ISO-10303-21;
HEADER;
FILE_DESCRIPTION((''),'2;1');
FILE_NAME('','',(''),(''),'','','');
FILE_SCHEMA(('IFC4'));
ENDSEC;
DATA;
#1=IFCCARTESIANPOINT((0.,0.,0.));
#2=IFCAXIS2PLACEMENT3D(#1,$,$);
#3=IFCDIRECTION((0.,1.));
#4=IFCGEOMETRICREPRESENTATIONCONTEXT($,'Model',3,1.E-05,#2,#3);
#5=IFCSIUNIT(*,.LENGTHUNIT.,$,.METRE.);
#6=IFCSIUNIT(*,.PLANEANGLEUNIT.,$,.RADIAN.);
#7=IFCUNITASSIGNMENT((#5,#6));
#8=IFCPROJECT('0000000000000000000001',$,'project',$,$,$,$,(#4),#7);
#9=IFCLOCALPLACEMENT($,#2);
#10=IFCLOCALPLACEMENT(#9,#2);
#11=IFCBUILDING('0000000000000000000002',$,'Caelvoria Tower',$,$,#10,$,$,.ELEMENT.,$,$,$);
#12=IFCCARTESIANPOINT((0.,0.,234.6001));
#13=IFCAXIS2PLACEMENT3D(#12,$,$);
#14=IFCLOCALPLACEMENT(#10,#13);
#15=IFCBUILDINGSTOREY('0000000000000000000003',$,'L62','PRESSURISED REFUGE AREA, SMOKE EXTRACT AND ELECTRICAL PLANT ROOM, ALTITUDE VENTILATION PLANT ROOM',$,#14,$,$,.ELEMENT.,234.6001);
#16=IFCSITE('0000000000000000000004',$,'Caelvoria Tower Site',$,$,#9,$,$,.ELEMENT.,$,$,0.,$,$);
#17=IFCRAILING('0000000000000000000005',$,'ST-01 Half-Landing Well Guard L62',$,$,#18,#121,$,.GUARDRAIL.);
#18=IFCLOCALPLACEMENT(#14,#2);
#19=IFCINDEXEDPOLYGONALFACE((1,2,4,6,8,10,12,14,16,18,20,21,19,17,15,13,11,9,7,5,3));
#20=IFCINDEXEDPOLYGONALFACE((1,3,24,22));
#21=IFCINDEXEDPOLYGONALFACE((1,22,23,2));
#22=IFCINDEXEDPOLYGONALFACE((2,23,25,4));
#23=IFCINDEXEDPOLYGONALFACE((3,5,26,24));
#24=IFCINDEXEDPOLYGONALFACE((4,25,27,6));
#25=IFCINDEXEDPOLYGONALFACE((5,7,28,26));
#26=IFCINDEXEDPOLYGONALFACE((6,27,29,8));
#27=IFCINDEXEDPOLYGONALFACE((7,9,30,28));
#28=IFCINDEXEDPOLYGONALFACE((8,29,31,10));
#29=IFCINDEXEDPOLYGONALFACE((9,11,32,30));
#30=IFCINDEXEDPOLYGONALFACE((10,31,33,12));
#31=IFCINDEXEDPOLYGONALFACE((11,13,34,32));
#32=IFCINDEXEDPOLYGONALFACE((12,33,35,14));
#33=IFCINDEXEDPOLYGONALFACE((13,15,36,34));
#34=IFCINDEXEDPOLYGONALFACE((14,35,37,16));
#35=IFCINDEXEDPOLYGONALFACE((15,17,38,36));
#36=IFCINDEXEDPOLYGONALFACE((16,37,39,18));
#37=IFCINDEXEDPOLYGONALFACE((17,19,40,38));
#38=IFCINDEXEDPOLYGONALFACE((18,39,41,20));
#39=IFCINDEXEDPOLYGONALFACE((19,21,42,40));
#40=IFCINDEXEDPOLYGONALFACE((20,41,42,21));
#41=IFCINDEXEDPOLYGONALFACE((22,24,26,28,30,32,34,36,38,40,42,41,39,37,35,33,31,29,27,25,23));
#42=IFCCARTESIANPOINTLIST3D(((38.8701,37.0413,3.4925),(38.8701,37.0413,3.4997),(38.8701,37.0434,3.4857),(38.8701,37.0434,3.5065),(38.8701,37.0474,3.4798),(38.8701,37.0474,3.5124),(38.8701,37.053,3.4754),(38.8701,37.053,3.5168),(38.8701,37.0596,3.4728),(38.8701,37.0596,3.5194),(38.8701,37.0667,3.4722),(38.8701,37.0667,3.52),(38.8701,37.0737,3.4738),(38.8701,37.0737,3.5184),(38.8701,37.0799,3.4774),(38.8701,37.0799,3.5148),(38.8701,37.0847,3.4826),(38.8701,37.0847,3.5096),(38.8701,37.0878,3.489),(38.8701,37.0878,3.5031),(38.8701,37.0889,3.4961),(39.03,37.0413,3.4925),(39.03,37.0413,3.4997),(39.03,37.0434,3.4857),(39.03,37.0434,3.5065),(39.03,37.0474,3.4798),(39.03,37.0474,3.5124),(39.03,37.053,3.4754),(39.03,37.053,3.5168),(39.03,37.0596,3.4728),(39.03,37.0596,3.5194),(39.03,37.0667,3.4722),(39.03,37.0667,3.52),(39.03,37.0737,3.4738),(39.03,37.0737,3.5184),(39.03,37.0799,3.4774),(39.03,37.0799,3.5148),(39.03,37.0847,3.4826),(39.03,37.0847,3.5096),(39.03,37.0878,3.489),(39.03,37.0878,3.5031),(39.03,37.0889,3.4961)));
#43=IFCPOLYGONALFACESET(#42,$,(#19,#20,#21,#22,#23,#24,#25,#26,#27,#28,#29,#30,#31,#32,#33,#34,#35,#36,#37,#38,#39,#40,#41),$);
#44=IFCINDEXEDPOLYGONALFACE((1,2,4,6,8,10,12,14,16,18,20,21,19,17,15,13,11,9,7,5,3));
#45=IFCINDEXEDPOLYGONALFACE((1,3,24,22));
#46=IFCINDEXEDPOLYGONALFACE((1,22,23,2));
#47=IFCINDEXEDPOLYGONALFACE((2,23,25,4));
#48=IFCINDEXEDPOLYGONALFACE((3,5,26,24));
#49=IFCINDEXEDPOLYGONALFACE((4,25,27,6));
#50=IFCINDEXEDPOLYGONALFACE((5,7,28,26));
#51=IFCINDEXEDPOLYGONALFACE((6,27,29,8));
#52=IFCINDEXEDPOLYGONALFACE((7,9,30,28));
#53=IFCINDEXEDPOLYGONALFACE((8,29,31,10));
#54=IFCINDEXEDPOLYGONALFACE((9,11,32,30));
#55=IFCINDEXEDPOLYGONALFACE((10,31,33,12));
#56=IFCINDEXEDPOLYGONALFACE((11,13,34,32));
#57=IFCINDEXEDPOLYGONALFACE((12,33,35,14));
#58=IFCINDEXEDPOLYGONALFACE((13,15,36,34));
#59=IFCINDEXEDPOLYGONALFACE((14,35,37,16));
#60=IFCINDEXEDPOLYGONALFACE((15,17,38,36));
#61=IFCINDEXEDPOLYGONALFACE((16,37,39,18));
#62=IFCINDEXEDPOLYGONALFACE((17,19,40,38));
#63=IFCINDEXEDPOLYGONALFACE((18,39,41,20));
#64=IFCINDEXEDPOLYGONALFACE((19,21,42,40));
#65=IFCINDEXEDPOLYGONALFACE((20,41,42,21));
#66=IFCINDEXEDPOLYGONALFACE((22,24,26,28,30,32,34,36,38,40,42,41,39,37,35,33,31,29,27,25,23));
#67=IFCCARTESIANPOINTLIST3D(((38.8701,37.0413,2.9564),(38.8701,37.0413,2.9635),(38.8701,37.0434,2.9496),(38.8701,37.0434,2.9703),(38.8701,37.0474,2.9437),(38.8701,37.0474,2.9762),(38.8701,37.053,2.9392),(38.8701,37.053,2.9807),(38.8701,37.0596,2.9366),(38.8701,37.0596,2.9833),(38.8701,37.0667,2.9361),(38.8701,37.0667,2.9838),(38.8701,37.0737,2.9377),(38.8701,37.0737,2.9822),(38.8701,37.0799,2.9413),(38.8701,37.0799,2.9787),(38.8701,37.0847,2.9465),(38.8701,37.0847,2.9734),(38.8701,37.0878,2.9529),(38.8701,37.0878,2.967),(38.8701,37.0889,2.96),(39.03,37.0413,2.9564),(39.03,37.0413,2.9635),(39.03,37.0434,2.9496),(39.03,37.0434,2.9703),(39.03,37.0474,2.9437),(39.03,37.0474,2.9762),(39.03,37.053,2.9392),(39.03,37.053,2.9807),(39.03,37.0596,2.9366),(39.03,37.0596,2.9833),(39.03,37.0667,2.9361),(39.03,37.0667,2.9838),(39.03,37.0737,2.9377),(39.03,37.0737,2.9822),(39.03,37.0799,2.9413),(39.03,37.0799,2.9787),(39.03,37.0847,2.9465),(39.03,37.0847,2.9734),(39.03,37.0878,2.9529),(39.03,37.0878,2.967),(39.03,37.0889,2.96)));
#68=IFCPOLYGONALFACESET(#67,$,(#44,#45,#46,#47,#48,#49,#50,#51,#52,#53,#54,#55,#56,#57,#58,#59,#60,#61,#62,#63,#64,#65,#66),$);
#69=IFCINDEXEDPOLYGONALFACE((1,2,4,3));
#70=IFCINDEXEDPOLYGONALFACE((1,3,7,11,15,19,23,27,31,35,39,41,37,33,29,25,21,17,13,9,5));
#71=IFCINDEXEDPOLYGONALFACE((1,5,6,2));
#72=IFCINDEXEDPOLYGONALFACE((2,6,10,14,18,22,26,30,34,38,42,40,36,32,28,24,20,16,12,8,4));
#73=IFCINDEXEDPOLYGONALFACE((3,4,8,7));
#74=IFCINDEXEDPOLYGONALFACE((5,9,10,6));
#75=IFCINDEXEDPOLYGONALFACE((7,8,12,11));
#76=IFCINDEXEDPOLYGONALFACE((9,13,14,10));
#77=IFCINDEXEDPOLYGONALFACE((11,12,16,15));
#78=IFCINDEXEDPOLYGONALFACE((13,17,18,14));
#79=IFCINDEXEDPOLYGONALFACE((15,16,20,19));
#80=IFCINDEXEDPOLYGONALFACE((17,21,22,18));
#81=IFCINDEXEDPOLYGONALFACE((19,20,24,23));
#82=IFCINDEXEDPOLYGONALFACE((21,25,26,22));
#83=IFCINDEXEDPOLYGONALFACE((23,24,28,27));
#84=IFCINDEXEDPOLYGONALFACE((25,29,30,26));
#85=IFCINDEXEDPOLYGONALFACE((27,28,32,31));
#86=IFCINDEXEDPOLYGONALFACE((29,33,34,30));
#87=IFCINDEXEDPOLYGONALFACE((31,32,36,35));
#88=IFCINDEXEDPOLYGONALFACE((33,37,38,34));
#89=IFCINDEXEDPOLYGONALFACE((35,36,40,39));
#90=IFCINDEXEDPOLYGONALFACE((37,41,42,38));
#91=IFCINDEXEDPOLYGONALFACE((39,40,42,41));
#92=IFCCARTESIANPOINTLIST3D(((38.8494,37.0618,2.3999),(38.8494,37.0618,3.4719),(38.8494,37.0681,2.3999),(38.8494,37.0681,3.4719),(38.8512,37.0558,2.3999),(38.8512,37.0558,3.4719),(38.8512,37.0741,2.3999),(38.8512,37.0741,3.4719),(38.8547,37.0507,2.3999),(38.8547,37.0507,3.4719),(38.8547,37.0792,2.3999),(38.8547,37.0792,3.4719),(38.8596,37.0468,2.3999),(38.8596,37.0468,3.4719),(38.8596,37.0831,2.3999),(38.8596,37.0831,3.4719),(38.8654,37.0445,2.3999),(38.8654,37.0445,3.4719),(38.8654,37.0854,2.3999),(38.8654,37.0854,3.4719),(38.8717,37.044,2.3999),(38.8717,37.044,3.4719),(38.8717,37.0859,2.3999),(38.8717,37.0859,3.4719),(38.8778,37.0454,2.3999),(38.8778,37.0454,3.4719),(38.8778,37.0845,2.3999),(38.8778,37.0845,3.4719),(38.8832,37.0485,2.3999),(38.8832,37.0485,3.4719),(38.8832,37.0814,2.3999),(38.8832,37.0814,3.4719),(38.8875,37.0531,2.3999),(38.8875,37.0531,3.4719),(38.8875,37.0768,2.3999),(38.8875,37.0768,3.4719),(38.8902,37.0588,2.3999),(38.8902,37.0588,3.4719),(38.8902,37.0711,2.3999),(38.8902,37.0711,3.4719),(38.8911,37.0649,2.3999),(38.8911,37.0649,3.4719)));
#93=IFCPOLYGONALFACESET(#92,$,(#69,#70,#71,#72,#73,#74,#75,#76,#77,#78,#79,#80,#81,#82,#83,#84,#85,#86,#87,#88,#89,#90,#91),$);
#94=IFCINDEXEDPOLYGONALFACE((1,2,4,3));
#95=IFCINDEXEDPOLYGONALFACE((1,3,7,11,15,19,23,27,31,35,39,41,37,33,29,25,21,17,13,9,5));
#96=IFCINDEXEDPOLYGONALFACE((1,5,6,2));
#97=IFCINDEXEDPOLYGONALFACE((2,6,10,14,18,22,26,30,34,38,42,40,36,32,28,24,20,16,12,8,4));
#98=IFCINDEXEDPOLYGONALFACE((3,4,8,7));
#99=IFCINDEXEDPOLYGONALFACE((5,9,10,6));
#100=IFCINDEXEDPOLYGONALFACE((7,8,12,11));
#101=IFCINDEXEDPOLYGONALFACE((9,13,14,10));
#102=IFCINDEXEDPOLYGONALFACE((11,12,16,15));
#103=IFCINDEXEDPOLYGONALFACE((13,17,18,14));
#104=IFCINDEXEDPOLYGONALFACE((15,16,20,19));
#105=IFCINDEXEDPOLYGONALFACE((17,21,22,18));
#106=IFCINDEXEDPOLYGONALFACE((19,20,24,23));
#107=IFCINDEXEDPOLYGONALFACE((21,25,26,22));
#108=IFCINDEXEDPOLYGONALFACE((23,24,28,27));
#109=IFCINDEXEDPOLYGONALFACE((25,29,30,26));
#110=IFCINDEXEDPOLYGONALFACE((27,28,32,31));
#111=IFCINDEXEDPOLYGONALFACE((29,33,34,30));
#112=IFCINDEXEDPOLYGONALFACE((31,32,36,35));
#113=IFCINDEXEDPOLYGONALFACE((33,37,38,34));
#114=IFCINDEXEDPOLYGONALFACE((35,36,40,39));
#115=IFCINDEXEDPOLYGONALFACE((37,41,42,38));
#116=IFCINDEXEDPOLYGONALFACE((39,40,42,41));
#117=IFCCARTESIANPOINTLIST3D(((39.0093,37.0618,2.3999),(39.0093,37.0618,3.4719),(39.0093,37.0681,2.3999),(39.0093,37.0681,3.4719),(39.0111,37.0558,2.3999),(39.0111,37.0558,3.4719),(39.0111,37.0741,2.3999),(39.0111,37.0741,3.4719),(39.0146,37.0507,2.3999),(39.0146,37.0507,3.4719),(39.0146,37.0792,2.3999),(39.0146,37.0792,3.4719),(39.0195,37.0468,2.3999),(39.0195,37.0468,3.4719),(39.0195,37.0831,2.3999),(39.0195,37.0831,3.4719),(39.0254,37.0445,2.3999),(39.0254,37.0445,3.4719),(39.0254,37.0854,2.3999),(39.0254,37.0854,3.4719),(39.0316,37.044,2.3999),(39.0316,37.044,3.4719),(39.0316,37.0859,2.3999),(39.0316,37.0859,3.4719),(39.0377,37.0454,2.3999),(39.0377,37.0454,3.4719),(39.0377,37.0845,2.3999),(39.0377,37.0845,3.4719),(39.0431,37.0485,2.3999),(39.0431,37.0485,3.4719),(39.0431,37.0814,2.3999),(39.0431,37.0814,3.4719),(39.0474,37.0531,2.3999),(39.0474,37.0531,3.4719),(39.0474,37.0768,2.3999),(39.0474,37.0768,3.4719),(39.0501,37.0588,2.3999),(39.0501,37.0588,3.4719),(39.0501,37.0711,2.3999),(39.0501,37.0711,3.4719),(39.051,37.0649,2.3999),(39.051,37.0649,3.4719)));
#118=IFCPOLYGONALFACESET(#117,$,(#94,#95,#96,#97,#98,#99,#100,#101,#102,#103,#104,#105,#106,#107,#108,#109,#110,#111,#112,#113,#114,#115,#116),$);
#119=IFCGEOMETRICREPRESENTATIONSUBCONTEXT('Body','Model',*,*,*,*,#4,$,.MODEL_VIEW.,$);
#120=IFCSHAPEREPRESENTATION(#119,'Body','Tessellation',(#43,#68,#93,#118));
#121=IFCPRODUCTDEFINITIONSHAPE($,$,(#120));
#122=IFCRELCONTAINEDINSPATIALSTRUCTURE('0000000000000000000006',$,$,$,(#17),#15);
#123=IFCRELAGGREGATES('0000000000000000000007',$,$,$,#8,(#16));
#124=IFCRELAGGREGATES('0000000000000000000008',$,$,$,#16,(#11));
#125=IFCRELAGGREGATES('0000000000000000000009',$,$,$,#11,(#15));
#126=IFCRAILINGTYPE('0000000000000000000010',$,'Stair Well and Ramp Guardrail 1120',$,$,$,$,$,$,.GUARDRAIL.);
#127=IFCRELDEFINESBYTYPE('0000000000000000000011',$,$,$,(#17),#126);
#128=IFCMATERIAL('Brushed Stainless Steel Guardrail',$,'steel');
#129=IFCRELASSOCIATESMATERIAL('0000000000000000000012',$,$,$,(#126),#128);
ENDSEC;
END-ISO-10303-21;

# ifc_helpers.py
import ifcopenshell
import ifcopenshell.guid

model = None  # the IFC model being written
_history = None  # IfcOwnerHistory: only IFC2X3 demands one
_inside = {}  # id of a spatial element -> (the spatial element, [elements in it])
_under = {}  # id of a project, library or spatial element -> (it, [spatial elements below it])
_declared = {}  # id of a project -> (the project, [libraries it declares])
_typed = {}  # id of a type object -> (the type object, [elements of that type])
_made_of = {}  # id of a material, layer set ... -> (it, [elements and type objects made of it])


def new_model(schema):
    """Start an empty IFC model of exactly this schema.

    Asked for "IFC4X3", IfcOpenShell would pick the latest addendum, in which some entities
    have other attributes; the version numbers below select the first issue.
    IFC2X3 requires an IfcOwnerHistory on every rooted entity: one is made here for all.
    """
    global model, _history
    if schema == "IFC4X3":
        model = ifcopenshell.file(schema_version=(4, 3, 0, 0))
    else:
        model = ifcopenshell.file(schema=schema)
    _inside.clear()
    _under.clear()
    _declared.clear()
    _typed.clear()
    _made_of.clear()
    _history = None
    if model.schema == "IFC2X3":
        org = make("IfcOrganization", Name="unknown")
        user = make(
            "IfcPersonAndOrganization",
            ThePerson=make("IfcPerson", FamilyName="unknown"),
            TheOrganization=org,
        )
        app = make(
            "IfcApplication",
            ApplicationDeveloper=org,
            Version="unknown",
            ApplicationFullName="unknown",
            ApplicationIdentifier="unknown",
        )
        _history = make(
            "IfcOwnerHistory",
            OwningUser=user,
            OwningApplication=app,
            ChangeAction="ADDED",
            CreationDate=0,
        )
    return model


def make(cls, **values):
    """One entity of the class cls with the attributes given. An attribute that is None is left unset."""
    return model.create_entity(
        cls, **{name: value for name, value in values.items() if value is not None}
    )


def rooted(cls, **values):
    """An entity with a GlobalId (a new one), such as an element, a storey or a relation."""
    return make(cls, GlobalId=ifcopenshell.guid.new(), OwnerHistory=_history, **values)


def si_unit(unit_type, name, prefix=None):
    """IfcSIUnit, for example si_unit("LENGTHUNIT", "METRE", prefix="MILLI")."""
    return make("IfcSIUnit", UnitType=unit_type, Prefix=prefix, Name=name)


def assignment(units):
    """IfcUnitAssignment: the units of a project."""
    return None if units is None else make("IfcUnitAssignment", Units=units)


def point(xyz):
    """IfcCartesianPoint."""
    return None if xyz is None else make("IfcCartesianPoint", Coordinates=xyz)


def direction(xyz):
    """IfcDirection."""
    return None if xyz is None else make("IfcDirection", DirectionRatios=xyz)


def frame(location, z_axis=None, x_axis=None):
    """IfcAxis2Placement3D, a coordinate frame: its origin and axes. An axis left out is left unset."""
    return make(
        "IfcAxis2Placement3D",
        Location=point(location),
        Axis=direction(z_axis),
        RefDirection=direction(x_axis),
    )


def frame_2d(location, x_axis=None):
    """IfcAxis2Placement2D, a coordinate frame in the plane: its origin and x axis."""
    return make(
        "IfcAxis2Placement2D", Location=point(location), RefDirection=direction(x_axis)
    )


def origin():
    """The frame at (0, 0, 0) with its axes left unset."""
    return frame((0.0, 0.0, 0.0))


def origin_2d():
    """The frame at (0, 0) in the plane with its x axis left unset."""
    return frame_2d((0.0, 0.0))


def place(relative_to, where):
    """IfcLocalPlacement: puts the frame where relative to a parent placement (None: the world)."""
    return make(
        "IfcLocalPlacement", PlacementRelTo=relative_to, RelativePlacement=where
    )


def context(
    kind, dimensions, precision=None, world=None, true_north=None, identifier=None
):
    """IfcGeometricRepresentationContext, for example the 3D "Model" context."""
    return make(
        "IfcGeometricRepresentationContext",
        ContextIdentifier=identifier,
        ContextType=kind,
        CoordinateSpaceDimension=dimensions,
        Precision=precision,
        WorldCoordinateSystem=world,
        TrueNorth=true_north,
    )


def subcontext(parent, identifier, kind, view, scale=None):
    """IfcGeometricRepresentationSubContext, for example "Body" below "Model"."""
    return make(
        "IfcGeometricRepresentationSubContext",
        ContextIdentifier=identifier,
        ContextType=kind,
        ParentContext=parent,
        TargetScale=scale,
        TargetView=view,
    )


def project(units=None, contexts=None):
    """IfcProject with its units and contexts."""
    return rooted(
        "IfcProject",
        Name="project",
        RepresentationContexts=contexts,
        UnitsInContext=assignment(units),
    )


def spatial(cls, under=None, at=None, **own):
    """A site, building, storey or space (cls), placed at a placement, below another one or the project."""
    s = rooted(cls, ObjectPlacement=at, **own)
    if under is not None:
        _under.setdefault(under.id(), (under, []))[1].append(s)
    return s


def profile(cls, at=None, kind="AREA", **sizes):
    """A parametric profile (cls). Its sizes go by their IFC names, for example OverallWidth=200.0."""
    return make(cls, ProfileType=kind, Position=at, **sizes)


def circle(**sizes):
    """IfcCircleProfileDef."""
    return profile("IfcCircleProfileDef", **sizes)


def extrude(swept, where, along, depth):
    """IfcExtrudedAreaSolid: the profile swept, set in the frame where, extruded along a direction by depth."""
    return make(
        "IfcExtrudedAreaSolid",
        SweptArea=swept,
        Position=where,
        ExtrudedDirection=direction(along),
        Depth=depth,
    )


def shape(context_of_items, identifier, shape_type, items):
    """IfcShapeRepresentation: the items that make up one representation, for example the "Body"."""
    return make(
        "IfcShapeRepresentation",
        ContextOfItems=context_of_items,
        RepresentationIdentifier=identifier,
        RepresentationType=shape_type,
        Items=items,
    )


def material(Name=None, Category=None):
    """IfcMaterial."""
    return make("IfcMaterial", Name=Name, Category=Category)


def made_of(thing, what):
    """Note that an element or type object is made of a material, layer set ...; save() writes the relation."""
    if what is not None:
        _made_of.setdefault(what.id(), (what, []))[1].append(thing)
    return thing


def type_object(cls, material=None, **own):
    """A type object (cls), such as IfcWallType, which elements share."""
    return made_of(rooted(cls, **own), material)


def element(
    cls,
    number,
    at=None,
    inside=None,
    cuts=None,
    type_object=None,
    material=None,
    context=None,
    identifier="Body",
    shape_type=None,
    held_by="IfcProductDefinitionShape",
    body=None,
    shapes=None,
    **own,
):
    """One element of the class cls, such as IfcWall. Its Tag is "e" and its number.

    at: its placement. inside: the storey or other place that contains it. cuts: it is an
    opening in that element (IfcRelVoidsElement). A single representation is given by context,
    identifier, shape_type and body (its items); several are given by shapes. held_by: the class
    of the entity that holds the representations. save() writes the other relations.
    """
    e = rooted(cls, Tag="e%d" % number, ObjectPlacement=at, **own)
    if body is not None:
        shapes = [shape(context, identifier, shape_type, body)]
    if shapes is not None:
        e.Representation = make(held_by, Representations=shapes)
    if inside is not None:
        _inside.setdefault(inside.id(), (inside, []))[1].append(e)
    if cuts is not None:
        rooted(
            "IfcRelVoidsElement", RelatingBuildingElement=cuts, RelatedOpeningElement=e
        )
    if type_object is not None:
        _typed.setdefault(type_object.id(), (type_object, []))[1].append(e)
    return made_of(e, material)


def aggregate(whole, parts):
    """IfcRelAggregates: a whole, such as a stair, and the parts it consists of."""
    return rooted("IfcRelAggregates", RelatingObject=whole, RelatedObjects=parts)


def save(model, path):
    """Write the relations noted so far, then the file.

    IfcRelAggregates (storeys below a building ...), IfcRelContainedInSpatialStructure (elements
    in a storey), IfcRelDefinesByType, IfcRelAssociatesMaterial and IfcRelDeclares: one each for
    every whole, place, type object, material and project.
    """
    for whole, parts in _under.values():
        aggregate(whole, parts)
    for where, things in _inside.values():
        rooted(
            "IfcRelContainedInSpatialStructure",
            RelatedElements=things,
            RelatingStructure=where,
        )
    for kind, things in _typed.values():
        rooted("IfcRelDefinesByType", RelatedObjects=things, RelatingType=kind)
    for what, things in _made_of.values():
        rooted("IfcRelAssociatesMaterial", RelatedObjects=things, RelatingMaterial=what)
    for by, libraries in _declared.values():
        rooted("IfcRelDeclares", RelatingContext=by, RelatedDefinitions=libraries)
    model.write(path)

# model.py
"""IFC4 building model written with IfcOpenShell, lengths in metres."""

from ifc_helpers import new_model, si_unit, direction, frame, origin, origin_2d, place, context, subcontext, project, spatial, circle, extrude, material, type_object, element, save


model = new_model("IFC4")

# Units and contexts
model_context = context("Model", 3, precision=1e-05, world=origin(), true_north=direction((0.0, 1.0)))
body_context = subcontext(model_context, "Body", "Model", "MODEL_VIEW")
ifc_project = project(units=[si_unit("LENGTHUNIT", "METRE"), si_unit("PLANEANGLEUNIT", "RADIAN")], contexts=[model_context])

# Site, building, storey
site_placement = place(None, origin())
site = spatial("IfcSite", under=ifc_project, at=site_placement, Name="Caelvoria Tower Site", CompositionType="ELEMENT", RefElevation=0.0)
building_placement = place(site_placement, origin())
building = spatial("IfcBuilding", under=site, at=building_placement, Name="Caelvoria Tower", CompositionType="ELEMENT")
storey_placement = place(building_placement, frame((0.0, 0.0, 234.6001)))
storey = spatial("IfcBuildingStorey", under=building, at=storey_placement, Name="L62", Description="PRESSURISED REFUGE AREA, SMOKE EXTRACT AND ELECTRICAL PLANT ROOM, ALTITUDE VENTILATION PLANT ROOM", CompositionType="ELEMENT", Elevation=234.6001)

# Railing
ifc_material_1 = material(Name="Brushed Stainless Steel Guardrail", Category="steel")
railing_type_1 = type_object("IfcRailingType", Name="Stair Well and Ramp Guardrail 1120", PredefinedType="GUARDRAIL", material=ifc_material_1)
railing_1_placement = place(storey_placement, frame((38.8701, 37.0649, 2.3999)))
element("IfcRailing", 1, at=railing_1_placement, inside=storey, type_object=railing_type_1, Name="ST-01 Half-Landing Well Guard L62", PredefinedType="GUARDRAIL", context=body_context, shape_type="SweptSolid", body=[
    extrude(circle(Radius=0.0239, at=origin_2d()), frame((0.0, 0.0, 1.0962), z_axis=(1.0, 0.0, 0.0), x_axis=(0.0, 1.0, 0.0)), (0.0, 0.0, 1.0), 0.1599),
    extrude(circle(Radius=0.0239, at=origin_2d()), frame((0.0, 0.0, 0.5601), z_axis=(1.0, 0.0, 0.0), x_axis=(0.0, 1.0, 0.0)), (0.0, 0.0, 1.0), 0.1599),
    extrude(circle(Radius=0.021, at=origin_2d()), origin(), (0.0, 0.0, 1.0), 1.072),
    extrude(circle(Radius=0.021, at=origin_2d()), frame((0.1599, 0.0, 0.0)), (0.0, 0.0, 1.0), 1.072),
])

save(model, "model.ifc")
